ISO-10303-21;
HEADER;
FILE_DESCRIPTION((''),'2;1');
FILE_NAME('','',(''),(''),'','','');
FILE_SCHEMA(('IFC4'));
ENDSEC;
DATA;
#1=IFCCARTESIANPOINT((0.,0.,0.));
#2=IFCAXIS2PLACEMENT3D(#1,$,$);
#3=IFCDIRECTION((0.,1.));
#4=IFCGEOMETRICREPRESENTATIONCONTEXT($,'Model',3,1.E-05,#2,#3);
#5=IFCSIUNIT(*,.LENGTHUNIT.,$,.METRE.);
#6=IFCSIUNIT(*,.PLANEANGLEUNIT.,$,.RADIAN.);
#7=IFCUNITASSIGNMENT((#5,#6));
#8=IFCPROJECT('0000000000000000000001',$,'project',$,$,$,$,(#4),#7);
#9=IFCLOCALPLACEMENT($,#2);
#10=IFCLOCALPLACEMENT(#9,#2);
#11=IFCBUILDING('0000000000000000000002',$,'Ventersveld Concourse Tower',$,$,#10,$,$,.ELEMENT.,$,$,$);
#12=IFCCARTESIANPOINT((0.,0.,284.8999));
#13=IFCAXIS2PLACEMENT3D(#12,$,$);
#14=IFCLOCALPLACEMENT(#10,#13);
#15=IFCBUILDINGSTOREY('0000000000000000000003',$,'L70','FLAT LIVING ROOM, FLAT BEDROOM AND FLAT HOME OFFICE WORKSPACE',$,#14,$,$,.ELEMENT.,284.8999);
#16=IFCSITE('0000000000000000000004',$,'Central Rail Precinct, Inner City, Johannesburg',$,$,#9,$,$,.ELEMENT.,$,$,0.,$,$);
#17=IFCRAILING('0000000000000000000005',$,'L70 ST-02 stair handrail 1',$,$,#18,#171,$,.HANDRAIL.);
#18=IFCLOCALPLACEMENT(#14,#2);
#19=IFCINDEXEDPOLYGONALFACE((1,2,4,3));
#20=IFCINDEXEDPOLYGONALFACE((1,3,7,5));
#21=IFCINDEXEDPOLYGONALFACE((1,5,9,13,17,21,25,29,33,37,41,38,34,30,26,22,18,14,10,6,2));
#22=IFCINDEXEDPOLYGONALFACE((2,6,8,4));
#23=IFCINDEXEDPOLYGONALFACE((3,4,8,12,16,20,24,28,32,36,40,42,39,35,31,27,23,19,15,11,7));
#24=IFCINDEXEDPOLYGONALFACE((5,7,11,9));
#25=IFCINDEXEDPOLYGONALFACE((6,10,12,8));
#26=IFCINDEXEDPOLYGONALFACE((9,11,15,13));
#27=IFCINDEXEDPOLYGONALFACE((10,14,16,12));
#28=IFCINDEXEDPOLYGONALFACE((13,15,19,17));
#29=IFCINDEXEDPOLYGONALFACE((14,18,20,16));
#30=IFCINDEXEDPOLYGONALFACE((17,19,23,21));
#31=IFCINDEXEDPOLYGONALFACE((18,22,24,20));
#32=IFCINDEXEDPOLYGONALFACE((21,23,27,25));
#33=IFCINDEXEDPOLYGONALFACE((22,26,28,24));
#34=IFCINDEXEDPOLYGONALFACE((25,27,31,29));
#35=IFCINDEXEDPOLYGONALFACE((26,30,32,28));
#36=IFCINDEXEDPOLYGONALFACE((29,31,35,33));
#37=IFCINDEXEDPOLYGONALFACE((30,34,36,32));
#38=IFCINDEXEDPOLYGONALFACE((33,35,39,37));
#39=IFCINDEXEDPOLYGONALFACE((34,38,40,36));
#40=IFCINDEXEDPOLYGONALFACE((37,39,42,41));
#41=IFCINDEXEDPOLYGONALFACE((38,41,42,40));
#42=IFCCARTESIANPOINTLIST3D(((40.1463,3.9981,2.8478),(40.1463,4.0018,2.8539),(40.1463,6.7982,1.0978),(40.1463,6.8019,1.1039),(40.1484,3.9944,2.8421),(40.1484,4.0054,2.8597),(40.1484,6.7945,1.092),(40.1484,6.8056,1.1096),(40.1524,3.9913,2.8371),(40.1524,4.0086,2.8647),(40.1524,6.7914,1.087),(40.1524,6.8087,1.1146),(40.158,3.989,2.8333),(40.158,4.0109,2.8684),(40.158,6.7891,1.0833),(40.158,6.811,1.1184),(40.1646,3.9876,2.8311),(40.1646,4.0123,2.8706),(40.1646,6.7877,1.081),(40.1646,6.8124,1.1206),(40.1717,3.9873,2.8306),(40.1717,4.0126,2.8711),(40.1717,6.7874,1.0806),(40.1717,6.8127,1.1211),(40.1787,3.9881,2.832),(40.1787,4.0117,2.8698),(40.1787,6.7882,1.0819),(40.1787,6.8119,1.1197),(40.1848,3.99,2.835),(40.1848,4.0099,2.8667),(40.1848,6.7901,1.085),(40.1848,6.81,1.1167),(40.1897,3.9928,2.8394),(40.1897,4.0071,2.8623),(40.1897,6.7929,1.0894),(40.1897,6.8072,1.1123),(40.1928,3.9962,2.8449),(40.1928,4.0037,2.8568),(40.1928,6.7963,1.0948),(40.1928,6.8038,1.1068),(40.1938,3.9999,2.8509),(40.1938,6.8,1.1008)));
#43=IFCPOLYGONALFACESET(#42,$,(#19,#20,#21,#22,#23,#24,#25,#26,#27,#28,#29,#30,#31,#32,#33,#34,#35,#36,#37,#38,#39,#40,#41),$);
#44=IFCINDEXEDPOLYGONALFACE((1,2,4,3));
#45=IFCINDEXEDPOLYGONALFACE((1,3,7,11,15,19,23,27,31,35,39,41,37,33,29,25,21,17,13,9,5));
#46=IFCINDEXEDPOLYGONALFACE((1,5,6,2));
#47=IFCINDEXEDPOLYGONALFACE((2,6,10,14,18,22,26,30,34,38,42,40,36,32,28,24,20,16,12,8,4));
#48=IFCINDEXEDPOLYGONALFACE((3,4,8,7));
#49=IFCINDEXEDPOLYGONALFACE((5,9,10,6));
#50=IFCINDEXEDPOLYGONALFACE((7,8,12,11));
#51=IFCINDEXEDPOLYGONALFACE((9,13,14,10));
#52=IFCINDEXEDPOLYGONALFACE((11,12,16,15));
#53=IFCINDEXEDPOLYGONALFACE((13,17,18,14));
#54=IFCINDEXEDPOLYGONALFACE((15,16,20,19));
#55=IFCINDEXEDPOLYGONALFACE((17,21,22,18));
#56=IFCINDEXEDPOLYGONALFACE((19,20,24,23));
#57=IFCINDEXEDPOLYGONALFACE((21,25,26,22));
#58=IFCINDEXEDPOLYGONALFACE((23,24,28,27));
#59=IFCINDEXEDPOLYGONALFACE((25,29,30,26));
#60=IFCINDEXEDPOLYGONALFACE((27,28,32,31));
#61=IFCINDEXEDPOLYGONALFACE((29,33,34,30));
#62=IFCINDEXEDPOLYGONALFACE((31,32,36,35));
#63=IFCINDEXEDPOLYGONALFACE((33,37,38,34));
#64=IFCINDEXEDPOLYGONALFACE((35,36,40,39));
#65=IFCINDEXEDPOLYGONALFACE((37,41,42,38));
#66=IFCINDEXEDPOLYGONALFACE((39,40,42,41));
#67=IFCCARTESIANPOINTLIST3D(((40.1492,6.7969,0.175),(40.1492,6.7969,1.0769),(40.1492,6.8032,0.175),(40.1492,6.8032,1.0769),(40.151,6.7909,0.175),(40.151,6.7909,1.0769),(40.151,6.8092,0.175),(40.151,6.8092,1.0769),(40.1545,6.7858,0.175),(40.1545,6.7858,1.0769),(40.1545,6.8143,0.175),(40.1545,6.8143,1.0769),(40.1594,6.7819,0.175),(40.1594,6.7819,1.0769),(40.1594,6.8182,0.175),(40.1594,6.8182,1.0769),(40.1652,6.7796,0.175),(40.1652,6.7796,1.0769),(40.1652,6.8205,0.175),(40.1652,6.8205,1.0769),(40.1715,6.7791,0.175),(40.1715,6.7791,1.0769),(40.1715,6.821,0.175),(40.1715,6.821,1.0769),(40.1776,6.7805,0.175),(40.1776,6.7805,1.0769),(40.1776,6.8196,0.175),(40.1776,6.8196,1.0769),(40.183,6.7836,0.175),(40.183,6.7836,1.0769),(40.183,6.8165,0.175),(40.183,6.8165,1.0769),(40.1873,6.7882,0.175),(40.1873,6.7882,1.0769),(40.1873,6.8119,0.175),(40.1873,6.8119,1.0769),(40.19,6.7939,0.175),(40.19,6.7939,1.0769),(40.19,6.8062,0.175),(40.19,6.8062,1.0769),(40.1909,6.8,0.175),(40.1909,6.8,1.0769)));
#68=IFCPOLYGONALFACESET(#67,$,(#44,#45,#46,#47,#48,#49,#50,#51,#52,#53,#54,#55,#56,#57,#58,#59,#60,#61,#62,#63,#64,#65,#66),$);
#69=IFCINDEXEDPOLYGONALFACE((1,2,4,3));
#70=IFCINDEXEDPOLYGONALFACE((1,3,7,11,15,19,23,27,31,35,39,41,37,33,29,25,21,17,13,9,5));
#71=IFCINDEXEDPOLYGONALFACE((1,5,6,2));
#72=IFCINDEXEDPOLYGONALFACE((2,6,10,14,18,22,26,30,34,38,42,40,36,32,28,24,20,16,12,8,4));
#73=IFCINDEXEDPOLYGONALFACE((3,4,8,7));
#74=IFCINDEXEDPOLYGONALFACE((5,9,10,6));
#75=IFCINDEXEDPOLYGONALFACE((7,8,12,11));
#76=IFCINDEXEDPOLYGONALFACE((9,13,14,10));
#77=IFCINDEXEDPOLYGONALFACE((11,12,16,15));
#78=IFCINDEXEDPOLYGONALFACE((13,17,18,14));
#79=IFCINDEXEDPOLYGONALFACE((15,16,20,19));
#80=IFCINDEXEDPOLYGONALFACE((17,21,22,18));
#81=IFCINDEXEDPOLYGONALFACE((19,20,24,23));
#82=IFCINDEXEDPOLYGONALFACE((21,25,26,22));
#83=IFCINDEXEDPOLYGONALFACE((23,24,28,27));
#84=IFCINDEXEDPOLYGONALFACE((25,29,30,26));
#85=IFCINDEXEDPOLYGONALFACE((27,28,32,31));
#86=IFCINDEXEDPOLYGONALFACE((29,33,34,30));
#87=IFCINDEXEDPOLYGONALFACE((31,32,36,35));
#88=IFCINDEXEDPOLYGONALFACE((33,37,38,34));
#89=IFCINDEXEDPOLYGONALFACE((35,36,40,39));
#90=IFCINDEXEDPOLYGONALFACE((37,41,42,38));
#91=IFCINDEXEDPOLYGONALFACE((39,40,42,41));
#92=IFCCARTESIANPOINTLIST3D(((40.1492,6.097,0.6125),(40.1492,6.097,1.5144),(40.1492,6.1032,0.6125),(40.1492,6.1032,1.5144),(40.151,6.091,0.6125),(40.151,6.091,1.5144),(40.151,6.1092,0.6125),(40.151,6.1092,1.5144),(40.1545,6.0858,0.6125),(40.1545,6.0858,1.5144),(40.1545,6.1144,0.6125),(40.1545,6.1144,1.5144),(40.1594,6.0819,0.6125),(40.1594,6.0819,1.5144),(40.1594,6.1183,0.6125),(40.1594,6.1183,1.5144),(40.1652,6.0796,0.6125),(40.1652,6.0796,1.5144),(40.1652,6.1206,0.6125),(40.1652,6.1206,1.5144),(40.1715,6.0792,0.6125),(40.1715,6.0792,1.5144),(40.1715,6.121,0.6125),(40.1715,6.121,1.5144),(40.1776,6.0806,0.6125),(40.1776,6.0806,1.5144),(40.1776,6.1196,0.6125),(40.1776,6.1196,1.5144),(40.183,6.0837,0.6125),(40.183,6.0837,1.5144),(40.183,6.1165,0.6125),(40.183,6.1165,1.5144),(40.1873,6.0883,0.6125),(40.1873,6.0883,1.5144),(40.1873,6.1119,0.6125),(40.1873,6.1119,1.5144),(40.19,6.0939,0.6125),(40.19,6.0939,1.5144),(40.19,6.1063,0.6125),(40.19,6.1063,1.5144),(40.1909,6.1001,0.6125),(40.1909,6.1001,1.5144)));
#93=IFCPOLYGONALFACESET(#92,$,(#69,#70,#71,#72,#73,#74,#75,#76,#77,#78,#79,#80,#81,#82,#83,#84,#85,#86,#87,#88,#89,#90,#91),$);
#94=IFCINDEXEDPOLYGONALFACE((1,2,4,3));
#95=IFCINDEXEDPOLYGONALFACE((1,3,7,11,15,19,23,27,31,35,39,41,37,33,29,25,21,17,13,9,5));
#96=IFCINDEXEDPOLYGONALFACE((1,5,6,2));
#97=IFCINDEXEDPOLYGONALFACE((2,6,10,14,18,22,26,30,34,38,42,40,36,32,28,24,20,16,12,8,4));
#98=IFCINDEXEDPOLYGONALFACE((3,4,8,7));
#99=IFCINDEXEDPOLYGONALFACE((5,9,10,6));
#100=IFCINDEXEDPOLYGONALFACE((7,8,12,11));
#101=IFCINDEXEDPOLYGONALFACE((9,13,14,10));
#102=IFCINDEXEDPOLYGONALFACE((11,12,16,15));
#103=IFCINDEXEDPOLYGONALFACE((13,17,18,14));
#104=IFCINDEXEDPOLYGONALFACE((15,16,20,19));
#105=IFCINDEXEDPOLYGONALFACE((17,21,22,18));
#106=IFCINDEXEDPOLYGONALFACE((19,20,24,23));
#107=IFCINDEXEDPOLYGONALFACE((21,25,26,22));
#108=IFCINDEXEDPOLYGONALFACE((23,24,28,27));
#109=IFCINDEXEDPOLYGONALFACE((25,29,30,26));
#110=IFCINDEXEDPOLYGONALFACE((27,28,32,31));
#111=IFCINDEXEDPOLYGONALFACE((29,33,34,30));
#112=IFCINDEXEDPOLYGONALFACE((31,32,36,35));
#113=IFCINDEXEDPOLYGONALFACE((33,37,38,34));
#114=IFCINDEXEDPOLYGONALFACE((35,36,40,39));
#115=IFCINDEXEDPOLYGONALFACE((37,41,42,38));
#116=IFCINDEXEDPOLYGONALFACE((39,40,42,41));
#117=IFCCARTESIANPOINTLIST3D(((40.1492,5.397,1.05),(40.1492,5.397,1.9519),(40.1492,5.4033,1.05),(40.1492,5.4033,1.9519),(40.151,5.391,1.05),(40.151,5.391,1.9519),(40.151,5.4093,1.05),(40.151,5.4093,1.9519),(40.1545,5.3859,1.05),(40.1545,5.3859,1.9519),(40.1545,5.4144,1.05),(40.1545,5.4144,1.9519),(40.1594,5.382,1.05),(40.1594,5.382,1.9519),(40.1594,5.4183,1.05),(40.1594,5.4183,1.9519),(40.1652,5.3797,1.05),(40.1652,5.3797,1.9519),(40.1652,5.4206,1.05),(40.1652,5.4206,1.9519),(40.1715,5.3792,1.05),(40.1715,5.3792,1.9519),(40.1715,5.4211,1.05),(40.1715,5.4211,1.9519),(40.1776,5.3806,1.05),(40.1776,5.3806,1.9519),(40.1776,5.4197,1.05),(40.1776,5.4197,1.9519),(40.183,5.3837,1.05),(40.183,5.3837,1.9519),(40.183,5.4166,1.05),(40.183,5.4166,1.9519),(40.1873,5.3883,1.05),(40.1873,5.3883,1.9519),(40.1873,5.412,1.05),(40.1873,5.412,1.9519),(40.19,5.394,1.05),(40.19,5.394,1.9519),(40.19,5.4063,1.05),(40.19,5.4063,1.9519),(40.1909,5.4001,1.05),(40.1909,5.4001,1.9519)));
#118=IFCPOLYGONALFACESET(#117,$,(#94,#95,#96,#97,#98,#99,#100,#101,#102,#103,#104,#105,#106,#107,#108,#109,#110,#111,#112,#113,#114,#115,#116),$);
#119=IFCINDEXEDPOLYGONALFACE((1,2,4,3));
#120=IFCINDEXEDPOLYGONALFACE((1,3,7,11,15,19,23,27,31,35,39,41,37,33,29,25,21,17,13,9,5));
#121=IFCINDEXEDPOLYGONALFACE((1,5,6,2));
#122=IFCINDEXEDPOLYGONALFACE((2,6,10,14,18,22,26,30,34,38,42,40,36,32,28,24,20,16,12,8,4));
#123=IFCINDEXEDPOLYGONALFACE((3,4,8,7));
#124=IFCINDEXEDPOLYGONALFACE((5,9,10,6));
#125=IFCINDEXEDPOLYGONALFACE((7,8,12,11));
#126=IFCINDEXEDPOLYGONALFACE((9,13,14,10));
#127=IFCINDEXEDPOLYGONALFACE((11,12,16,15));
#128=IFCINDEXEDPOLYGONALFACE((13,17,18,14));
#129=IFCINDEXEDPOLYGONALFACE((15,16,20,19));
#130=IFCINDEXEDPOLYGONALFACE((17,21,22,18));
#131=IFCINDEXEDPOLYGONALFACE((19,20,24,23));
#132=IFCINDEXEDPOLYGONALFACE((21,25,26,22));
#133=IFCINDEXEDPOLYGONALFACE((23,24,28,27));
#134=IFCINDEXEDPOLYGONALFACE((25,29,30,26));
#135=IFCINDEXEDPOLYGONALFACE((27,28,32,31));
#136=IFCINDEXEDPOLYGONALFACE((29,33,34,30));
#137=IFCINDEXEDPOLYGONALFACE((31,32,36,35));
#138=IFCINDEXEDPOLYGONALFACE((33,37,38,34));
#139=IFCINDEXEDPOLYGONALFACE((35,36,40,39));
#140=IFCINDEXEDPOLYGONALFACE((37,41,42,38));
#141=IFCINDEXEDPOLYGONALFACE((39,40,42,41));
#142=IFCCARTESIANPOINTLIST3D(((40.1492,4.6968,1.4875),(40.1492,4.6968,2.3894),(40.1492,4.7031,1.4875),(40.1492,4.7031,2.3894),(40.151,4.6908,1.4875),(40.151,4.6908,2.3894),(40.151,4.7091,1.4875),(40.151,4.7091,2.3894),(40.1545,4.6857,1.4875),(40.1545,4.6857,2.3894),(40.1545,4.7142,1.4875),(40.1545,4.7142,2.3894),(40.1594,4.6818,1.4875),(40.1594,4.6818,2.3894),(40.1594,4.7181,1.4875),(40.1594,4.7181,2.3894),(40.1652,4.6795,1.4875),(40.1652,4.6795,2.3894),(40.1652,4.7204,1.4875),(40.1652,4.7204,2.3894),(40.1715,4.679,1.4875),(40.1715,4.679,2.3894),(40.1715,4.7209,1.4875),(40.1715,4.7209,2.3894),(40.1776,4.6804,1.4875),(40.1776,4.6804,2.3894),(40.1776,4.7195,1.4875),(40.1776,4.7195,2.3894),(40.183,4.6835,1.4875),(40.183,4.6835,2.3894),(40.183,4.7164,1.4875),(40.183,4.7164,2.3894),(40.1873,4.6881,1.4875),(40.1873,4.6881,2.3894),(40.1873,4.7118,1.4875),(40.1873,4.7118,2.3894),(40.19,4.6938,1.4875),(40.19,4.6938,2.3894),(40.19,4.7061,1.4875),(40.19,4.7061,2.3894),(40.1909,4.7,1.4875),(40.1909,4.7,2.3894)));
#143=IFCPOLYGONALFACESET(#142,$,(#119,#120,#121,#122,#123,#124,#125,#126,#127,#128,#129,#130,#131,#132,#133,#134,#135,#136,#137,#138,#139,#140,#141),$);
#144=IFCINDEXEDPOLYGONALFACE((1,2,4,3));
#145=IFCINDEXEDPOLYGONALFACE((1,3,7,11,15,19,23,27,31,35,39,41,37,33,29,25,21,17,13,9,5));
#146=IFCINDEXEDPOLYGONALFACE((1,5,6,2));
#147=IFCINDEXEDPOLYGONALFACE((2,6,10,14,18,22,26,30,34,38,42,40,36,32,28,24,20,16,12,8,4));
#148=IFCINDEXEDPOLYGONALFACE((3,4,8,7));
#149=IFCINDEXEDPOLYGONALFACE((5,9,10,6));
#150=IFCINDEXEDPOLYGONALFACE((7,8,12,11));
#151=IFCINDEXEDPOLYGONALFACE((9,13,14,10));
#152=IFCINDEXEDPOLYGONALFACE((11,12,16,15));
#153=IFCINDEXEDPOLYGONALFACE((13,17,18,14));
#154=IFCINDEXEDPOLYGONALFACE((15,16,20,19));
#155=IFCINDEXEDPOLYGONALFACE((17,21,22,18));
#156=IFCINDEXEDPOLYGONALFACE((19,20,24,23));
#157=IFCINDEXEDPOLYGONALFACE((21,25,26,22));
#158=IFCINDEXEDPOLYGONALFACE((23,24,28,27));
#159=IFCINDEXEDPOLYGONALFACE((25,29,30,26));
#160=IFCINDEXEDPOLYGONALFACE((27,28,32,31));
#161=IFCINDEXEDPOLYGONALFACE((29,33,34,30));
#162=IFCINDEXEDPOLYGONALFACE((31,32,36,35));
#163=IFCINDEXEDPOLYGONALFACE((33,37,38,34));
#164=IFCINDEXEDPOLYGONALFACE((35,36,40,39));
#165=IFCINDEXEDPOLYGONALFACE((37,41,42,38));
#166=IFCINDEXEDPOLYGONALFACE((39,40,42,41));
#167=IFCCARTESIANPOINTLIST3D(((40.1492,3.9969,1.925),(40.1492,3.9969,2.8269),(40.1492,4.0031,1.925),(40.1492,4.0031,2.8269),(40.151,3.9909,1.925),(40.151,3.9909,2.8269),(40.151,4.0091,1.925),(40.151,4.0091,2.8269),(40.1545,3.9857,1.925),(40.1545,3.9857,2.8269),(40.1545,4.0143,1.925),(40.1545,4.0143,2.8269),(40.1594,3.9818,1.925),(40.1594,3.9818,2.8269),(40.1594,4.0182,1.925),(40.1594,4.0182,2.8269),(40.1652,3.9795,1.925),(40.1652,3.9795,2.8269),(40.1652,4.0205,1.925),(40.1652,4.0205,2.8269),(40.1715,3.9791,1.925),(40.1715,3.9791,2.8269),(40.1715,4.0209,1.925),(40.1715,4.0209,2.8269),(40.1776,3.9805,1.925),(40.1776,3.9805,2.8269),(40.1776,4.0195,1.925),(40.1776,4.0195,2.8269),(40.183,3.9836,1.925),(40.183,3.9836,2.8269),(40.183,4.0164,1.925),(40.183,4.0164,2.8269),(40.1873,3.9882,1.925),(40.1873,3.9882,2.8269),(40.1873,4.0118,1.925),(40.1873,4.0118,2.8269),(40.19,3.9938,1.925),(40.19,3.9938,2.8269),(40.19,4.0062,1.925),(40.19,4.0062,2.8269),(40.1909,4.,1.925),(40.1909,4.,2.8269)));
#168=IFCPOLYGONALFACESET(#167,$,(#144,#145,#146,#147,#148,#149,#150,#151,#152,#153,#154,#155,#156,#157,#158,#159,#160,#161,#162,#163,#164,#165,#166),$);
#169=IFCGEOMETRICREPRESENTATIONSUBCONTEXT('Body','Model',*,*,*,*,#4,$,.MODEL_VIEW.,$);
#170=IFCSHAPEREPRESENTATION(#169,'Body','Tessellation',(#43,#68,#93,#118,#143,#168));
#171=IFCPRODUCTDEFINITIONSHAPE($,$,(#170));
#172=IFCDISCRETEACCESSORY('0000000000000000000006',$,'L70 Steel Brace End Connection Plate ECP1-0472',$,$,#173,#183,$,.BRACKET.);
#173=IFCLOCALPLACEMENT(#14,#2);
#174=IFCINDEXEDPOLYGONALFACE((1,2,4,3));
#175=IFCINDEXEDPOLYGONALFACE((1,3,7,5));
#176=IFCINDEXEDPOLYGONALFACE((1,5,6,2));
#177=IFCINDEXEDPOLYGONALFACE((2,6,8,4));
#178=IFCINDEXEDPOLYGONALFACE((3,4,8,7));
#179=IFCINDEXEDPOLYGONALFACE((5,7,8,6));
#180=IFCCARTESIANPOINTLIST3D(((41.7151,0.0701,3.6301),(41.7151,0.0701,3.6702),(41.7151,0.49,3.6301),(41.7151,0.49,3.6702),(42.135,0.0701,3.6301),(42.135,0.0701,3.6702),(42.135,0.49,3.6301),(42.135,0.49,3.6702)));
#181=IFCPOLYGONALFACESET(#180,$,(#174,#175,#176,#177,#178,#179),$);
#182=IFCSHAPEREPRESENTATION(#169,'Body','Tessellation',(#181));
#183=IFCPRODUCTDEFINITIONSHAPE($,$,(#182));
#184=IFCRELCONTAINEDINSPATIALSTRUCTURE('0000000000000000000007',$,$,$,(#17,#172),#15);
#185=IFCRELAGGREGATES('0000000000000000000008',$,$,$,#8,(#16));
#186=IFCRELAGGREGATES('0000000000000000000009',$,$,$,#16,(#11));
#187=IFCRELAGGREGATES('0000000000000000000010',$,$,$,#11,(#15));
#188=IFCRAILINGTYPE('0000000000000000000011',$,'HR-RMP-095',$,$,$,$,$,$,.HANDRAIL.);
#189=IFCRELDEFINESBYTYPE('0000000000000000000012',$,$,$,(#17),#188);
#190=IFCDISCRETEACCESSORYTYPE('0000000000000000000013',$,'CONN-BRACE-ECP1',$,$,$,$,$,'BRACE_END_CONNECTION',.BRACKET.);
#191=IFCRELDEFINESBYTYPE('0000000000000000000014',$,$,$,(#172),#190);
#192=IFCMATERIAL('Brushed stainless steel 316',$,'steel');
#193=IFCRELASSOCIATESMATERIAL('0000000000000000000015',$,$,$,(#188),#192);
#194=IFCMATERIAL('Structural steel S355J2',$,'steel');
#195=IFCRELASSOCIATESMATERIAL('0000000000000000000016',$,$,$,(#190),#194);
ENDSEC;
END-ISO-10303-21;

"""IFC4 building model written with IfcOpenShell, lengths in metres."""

from ifc_helpers import new_model, si_unit, direction, frame, origin, origin_2d, place, context, subcontext, project, spatial, rectangle, circle, extrude, material, type_object, element, save


model = new_model("IFC4")

# Units and contexts
model_context = context("Model", 3, precision=1e-05, world=origin(), true_north=direction((0.0, 1.0)))
body_context = subcontext(model_context, "Body", "Model", "MODEL_VIEW")
ifc_project = project(units=[si_unit("LENGTHUNIT", "METRE"), si_unit("PLANEANGLEUNIT", "RADIAN")], contexts=[model_context])

# Site, building, storey
site_placement = place(None, origin())
site = spatial("IfcSite", under=ifc_project, at=site_placement, Name="Central Rail Precinct, Inner City, Johannesburg", CompositionType="ELEMENT", RefElevation=0.0)
building_placement = place(site_placement, origin())
building = spatial("IfcBuilding", under=site, at=building_placement, Name="Ventersveld Concourse Tower", CompositionType="ELEMENT")
storey_placement = place(building_placement, frame((0.0, 0.0, 284.8999)))
storey = spatial("IfcBuildingStorey", under=building, at=storey_placement, Name="L70", Description="FLAT LIVING ROOM, FLAT BEDROOM AND FLAT HOME OFFICE WORKSPACE", CompositionType="ELEMENT", Elevation=284.8999)

# Shared definitions
ifc_material_1 = material(Name="Brushed stainless steel 316", Category="steel")

# Railing
railing_type_1 = type_object("IfcRailingType", Name="HR-RMP-095", PredefinedType="HANDRAIL", material=ifc_material_1)
railing_1_placement = place(storey_placement, frame((40.1699, 6.8, 0.175)))
element("IfcRailing", 1, at=railing_1_placement, inside=storey, type_object=railing_type_1, Name="L70 ST-02 stair handrail 1", PredefinedType="HANDRAIL", context=body_context, shape_type="SweptSolid", body=[
    extrude(circle(Radius=0.0239, at=origin_2d()), frame((0.0, 0.0, 0.9258), z_axis=(0.0, -0.848002, 0.529992), x_axis=(1.0, 0.0, 0.0)), (0.0, 0.0, 1.0), 3.302),
    extrude(circle(Radius=0.021, at=origin_2d()), origin(), (0.0, 0.0, 1.0), 0.9019),
    extrude(circle(Radius=0.021, at=origin_2d()), frame((0.0, -0.7, 0.4375)), (0.0, 0.0, 1.0), 0.9019),
    extrude(circle(Radius=0.021, at=origin_2d()), frame((0.0, -1.3999, 0.875)), (0.0, 0.0, 1.0), 0.9019),
    extrude(circle(Radius=0.021, at=origin_2d()), frame((0.0, -2.1001, 1.3125)), (0.0, 0.0, 1.0), 0.9019),
    extrude(circle(Radius=0.021, at=origin_2d()), frame((0.0, -2.8, 1.75)), (0.0, 0.0, 1.0), 0.9019),
])

# Discrete accessory
ifc_material_2 = material(Name="Structural steel S355J2", Category="steel")
discrete_accessory_type = type_object("IfcDiscreteAccessoryType", Name="CONN-BRACE-ECP1", ElementType="BRACE_END_CONNECTION", PredefinedType="BRACKET", material=ifc_material_2)
discrete_accessory_placement = place(storey_placement, frame((41.925, 0.28, 3.6301), z_axis=(0.0, 0.0, 1.0), x_axis=(1.0, 0.0, 0.0)))
element("IfcDiscreteAccessory", 2, at=discrete_accessory_placement, inside=storey, type_object=discrete_accessory_type, Name="L70 Steel Brace End Connection Plate ECP1-0472", PredefinedType="BRACKET", context=body_context, shape_type="SweptSolid", body=[
    extrude(rectangle(XDim=0.4199, YDim=0.4199, at=origin_2d()), origin(), (0.0, 0.0, 1.0), 0.04),
])

save(model, "model.ifc")
